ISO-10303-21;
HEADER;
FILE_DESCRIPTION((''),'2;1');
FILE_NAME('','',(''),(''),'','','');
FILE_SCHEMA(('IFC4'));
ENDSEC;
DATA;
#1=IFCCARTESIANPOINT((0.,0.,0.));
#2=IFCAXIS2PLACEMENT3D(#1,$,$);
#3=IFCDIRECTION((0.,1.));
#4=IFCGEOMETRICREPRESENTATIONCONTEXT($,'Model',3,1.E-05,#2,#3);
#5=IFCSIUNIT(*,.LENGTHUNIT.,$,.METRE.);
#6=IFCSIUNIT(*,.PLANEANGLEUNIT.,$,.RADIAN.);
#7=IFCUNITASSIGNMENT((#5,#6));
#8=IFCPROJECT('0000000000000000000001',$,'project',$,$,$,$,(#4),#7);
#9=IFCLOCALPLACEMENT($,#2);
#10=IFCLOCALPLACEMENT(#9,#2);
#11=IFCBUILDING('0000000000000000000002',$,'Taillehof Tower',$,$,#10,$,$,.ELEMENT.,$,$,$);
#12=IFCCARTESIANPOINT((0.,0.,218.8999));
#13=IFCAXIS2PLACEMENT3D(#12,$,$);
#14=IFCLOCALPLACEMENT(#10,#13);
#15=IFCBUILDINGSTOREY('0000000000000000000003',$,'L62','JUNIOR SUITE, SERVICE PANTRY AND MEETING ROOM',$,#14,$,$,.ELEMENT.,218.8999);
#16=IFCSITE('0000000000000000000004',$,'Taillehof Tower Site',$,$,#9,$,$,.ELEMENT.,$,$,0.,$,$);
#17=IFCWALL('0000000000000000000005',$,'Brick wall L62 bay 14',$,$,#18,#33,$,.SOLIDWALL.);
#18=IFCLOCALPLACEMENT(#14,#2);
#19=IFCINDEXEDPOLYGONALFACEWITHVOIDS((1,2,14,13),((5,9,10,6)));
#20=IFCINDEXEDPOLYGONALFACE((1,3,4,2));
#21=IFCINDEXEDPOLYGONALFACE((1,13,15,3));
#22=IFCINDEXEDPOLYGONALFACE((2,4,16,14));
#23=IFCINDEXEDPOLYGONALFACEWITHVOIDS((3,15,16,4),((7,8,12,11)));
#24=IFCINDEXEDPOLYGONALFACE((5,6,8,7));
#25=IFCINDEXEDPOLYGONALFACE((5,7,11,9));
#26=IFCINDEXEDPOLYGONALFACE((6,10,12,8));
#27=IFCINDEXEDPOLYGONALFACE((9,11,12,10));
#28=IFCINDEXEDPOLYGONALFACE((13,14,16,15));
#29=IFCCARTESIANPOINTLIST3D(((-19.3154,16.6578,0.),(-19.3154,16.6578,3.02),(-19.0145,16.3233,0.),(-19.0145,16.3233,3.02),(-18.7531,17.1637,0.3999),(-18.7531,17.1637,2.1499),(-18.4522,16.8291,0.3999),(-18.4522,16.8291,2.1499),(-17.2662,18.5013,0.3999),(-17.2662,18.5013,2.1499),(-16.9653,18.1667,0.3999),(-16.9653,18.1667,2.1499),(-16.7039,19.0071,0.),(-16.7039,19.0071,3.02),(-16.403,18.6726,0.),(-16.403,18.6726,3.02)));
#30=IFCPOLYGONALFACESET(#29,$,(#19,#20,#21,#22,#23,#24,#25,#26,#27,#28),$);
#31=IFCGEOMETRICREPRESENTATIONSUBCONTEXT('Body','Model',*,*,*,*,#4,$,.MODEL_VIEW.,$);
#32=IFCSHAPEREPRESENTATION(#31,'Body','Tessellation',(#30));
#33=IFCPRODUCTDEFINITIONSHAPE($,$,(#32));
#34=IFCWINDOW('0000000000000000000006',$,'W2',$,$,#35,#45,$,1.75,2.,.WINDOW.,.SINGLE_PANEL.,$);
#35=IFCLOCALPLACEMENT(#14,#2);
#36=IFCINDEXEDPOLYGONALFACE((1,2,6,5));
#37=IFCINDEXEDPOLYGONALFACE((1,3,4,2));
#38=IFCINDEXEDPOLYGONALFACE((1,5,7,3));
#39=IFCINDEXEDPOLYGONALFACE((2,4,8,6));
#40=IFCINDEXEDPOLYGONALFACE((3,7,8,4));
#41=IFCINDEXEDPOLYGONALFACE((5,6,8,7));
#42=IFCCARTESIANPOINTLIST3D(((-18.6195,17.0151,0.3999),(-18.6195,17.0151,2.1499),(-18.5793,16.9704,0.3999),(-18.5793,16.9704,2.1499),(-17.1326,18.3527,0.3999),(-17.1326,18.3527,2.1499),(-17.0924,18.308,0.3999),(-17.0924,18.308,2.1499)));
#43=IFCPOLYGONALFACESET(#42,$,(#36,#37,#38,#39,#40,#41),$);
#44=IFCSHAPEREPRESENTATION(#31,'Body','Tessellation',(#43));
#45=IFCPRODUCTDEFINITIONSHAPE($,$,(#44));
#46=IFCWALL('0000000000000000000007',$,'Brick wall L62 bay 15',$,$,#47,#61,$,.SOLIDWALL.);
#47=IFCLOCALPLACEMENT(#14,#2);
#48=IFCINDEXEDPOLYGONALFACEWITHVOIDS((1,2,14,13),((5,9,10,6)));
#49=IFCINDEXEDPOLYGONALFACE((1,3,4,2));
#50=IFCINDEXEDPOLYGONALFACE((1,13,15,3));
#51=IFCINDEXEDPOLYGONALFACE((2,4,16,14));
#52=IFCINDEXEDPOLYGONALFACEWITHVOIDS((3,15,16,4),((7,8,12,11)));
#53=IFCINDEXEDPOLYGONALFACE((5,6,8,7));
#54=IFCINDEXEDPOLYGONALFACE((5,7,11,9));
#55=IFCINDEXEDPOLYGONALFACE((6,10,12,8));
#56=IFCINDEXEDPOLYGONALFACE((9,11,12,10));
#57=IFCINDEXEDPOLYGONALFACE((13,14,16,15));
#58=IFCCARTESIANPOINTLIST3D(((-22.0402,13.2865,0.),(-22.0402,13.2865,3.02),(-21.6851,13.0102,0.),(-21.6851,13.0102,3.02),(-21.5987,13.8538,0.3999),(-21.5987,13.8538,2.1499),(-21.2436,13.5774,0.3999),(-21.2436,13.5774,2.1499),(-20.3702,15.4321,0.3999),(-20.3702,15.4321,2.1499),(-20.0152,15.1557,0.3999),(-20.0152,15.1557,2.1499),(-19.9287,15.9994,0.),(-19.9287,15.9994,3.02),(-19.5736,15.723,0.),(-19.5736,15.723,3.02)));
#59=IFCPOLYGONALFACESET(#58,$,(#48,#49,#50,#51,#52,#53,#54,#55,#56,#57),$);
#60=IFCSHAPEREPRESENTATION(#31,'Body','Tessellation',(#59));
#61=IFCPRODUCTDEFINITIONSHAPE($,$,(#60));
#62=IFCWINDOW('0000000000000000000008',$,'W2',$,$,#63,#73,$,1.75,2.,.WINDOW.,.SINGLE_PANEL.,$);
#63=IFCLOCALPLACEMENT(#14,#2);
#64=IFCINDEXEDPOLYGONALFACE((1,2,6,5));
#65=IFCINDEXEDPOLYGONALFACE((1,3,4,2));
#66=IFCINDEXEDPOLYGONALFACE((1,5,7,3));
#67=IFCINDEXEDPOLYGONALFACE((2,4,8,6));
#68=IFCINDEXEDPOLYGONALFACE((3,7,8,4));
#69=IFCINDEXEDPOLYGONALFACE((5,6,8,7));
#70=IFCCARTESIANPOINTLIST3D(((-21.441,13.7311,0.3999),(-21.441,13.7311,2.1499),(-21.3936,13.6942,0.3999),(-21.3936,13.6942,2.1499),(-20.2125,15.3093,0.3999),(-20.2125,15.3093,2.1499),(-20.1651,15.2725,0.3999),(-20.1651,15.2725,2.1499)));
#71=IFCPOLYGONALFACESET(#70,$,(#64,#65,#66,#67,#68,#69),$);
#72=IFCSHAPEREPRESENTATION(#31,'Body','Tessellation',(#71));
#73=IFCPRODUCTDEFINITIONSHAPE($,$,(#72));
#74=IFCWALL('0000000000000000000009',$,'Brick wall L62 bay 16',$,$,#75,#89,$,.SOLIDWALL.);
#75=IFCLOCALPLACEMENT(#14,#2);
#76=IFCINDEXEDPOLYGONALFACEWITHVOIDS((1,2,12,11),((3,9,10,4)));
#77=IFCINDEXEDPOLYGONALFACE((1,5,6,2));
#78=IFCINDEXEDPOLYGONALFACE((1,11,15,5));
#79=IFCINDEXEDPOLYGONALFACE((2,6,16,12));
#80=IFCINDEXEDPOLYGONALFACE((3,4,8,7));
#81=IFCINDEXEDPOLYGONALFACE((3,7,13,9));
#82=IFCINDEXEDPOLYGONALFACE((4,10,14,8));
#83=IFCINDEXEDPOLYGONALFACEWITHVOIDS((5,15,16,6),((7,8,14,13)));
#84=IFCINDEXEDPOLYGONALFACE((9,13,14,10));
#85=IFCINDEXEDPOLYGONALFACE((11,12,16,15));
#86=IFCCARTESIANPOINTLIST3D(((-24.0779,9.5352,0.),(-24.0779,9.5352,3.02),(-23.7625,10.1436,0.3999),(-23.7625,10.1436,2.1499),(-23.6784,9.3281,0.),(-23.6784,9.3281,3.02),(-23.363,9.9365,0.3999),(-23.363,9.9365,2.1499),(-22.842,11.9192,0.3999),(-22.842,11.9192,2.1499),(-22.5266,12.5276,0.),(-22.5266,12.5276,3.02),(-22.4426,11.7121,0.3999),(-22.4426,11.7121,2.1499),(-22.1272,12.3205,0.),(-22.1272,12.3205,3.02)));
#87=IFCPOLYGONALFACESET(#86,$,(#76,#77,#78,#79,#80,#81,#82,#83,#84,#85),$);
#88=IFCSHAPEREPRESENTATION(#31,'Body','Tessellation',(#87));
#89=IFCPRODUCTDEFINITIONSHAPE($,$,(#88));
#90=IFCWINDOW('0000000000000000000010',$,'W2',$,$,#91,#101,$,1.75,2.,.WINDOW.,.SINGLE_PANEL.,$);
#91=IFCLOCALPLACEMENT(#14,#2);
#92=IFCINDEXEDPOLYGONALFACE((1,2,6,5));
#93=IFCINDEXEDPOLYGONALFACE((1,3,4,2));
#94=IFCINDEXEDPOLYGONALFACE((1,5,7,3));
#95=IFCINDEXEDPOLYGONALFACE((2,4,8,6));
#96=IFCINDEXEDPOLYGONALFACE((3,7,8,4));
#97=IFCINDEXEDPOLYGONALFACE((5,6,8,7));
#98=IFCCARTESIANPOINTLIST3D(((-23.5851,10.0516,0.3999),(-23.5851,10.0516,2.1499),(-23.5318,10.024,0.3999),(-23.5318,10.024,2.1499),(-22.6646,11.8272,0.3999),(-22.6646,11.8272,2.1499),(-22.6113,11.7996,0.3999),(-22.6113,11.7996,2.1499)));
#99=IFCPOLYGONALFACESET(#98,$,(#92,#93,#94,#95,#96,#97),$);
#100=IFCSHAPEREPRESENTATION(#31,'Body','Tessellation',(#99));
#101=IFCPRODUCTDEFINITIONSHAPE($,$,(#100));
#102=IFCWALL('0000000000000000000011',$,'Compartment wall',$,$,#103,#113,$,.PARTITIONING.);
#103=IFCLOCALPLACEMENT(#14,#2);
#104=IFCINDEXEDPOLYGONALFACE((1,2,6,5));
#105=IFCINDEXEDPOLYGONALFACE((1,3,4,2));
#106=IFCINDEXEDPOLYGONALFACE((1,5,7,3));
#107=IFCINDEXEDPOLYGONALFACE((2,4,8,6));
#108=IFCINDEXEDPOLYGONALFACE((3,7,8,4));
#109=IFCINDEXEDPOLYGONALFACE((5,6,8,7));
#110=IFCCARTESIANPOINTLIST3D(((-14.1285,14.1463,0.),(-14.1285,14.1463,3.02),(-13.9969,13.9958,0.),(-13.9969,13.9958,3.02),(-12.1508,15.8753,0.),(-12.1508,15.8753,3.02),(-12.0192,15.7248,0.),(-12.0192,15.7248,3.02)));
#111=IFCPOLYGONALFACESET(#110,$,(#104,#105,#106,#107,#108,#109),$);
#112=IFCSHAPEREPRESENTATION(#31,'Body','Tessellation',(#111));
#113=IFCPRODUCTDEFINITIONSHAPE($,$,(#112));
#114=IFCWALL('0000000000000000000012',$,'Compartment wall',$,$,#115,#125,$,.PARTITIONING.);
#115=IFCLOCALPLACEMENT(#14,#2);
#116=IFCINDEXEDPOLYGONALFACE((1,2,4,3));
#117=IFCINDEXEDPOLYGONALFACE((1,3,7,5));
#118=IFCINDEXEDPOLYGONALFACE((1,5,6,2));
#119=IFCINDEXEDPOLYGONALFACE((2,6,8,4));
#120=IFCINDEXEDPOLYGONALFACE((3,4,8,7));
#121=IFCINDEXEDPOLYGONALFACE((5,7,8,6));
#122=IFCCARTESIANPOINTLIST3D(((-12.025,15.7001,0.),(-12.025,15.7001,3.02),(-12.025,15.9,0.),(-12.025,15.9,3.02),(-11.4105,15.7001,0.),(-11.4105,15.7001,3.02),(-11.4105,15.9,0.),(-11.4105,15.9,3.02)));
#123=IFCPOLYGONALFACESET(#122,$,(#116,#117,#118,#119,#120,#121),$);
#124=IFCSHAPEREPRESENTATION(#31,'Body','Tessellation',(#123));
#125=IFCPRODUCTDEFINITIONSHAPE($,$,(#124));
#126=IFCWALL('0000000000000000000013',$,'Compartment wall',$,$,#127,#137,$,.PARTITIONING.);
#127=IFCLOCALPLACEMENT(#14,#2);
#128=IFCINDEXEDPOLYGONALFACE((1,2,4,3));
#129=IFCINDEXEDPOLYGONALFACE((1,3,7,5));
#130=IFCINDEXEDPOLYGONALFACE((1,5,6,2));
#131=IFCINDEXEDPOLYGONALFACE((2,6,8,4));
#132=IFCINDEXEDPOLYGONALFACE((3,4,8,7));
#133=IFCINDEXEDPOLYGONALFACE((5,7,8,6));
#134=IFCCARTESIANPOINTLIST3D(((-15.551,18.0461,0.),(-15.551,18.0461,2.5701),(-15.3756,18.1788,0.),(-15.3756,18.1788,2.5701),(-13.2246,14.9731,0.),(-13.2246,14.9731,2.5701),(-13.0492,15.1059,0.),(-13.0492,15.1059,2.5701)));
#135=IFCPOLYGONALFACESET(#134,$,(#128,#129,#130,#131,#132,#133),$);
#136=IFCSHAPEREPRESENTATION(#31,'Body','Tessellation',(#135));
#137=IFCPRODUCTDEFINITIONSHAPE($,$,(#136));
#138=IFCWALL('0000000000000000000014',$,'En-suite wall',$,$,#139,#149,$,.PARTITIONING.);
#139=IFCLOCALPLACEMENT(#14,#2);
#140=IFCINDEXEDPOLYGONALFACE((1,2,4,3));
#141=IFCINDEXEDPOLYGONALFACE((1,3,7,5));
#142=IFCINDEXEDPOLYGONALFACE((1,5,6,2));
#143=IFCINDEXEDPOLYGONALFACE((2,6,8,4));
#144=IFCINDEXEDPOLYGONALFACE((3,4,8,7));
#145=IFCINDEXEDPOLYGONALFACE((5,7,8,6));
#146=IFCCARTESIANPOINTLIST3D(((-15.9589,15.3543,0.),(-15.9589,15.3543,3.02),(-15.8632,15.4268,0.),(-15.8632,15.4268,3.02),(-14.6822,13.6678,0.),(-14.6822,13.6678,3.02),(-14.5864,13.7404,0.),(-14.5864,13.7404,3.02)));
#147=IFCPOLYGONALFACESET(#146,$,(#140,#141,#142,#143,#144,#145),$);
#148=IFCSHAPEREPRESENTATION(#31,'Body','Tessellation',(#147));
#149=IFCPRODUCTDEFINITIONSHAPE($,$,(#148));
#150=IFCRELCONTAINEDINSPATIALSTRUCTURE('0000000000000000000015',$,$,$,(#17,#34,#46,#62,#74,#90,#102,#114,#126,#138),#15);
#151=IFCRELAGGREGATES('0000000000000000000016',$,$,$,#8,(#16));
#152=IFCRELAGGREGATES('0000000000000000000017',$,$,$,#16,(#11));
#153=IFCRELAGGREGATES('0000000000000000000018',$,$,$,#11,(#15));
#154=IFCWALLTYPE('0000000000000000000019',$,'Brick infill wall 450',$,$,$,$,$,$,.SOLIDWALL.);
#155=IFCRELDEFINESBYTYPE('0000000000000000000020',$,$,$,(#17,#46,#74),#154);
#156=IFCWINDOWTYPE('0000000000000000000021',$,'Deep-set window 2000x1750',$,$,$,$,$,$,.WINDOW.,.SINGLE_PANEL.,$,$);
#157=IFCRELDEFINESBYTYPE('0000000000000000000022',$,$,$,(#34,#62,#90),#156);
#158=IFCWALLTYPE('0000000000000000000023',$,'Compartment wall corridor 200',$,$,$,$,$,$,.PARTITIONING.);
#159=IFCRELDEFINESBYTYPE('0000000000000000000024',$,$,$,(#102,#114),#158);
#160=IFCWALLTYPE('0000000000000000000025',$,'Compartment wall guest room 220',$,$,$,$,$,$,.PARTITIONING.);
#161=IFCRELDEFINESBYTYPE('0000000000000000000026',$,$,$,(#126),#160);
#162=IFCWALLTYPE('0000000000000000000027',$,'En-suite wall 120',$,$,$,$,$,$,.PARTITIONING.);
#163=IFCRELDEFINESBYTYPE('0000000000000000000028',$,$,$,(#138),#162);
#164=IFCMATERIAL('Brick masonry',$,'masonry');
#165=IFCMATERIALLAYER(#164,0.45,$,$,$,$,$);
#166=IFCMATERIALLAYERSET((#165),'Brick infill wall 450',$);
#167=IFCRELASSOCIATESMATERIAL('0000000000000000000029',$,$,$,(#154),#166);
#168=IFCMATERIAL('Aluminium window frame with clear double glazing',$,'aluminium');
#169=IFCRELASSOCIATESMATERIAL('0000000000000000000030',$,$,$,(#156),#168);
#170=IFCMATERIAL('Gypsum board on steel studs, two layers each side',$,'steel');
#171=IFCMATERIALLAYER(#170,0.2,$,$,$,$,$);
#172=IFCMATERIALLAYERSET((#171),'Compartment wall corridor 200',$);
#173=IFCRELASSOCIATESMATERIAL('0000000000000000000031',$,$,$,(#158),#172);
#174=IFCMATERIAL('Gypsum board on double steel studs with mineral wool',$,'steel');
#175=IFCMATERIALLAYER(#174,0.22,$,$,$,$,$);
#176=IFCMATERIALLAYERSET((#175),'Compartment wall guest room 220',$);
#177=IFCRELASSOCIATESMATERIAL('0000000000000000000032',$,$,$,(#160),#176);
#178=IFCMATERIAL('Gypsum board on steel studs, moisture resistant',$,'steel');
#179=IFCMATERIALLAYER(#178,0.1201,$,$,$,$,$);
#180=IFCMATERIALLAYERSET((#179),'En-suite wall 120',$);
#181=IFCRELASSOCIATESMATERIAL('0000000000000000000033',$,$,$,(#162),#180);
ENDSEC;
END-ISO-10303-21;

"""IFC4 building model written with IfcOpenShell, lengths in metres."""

from ifc_helpers import new_model, si_unit, direction, frame, frame_2d, origin, place, context, subcontext, project, spatial, rectangle, extrude, material, layer, layer_set, type_object, element, fill, save


model = new_model("IFC4")

# Units and contexts
model_context = context("Model", 3, precision=1e-05, world=origin(), true_north=direction((0.0, 1.0)))
body_context = subcontext(model_context, "Body", "Model", "MODEL_VIEW")
ifc_project = project(units=[si_unit("LENGTHUNIT", "METRE"), si_unit("PLANEANGLEUNIT", "RADIAN")], contexts=[model_context])

# Site, building, storey
site_placement = place(None, origin())
site = spatial("IfcSite", under=ifc_project, at=site_placement, Name="Taillehof Tower Site", CompositionType="ELEMENT", RefElevation=0.0)
building_placement = place(site_placement, origin())
building = spatial("IfcBuilding", under=site, at=building_placement, Name="Taillehof Tower", CompositionType="ELEMENT")
storey_placement = place(building_placement, frame((0.0, 0.0, 218.8999)))
storey = spatial("IfcBuildingStorey", under=building, at=storey_placement, Name="L62", Description="JUNIOR SUITE, SERVICE PANTRY AND MEETING ROOM", CompositionType="ELEMENT", Elevation=218.8999)

# Walls, openings, windows
ifc_material_1 = material(Name="Brick masonry", Category="masonry")
ifc_layer_1 = layer(ifc_material_1, 0.45)
ifc_layer_set_1 = layer_set([ifc_layer_1], Name="Brick infill wall 450")
wall_type_1 = type_object("IfcWallType", Name="Brick infill wall 450", PredefinedType="SOLIDWALL", material=ifc_layer_set_1)
ifc_material_2 = material(Name="Aluminium window frame with clear double glazing", Category="aluminium")
window_type = type_object("IfcWindowType", Name="Deep-set window 2000x1750", PartitioningType="SINGLE_PANEL", PredefinedType="WINDOW", material=ifc_material_2)
wall_1_placement = place(storey_placement, frame((-16.5535, 18.8398, 0.0), z_axis=(0.0, 0.0, 1.0), x_axis=(-0.743443, -0.6688, 0.0)))
wall_1 = element("IfcWall", 1, at=wall_1_placement, inside=storey, type_object=wall_type_1, Name="Brick wall L62 bay 14", PredefinedType="SOLIDWALL", context=body_context, shape_type="SweptSolid", body=[
    extrude(rectangle(XDim=3.5127, YDim=0.45, at=frame_2d((1.7563, 0.0))), origin(), (0.0, 0.0, 1.0), 3.02),
])
opening_1_placement = place(wall_1_placement, frame((0.7563, 0.0, 0.3999)))
opening_1 = element("IfcOpeningElement", 2, at=opening_1_placement, cuts=wall_1, PredefinedType="OPENING", context=body_context, shape_type="SweptSolid", body=[
    extrude(rectangle(XDim=2.0, YDim=1.75, at=frame_2d((1.0, 0.875))), frame((0.0, 0.2349, 0.0), z_axis=(0.0, -1.0, 0.0), x_axis=(1.0, 0.0, 0.0)), (0.0, 0.0, 1.0), 0.47),
])
window_1_placement = place(opening_1_placement, origin())
window_1 = element("IfcWindow", 3, at=window_1_placement, inside=storey, type_object=window_type, Name="W2", OverallHeight=1.75, OverallWidth=2.0, PartitioningType="SINGLE_PANEL", PredefinedType="WINDOW", context=body_context, shape_type="SweptSolid", body=[
    extrude(rectangle(XDim=2.0, YDim=1.75, at=frame_2d((1.0, 0.875))), frame((0.0, 0.0349, 0.0), z_axis=(0.0, -1.0, 0.0), x_axis=(1.0, 0.0, 0.0)), (0.0, 0.0, 1.0), 0.0601),
])
fill(opening_1, window_1)
wall_2_placement = place(storey_placement, frame((-19.7512, 15.8611, 0.0), z_axis=(0.0, 0.0, 1.0), x_axis=(-0.614221, -0.789134, 0.0)))
wall_2 = element("IfcWall", 4, at=wall_2_placement, inside=storey, type_object=wall_type_1, Name="Brick wall L62 bay 15", PredefinedType="SOLIDWALL", context=body_context, shape_type="SweptSolid", body=[
    extrude(rectangle(XDim=3.4377, YDim=0.45, at=frame_2d((1.7188, 0.0))), origin(), (0.0, 0.0, 1.0), 3.02),
])
opening_2_placement = place(wall_2_placement, frame((0.7188, 0.0, 0.3999)))
opening_2 = element("IfcOpeningElement", 5, at=opening_2_placement, cuts=wall_2, PredefinedType="OPENING", context=body_context, shape_type="SweptSolid", body=[
    extrude(rectangle(XDim=2.0, YDim=1.75, at=frame_2d((1.0, 0.875))), frame((0.0, 0.2349, 0.0), z_axis=(0.0, -1.0, 0.0), x_axis=(1.0, 0.0, 0.0)), (0.0, 0.0, 1.0), 0.47),
])
window_2_placement = place(opening_2_placement, origin())
window_2 = element("IfcWindow", 6, at=window_2_placement, inside=storey, type_object=window_type, Name="W2", OverallHeight=1.75, OverallWidth=2.0, PartitioningType="SINGLE_PANEL", PredefinedType="WINDOW", context=body_context, shape_type="SweptSolid", body=[
    extrude(rectangle(XDim=2.0, YDim=1.75, at=frame_2d((1.0, 0.875))), frame((0.0, 0.0349, 0.0), z_axis=(0.0, -1.0, 0.0), x_axis=(1.0, 0.0, 0.0)), (0.0, 0.0, 1.0), 0.0601),
])
fill(opening_2, window_2)
wall_3_placement = place(storey_placement, frame((-22.3269, 12.4241, 0.0), z_axis=(0.0, 0.0, 1.0), x_axis=(-0.460233, -0.887798, 0.0)))
wall_3 = element("IfcWall", 7, at=wall_3_placement, inside=storey, type_object=wall_type_1, Name="Brick wall L62 bay 16", PredefinedType="SOLIDWALL", context=body_context, shape_type="SweptSolid", body=[
    extrude(rectangle(XDim=3.3706, YDim=0.45, at=frame_2d((1.6853, 0.0))), origin(), (0.0, 0.0, 1.0), 3.02),
])
opening_3_placement = place(wall_3_placement, frame((0.6853, 0.0, 0.3999)))
opening_3 = element("IfcOpeningElement", 8, at=opening_3_placement, cuts=wall_3, PredefinedType="OPENING", context=body_context, shape_type="SweptSolid", body=[
    extrude(rectangle(XDim=2.0, YDim=1.75, at=frame_2d((1.0, 0.875))), frame((0.0, 0.2349, 0.0), z_axis=(0.0, -1.0, 0.0), x_axis=(1.0, 0.0, 0.0)), (0.0, 0.0, 1.0), 0.47),
])
window_3_placement = place(opening_3_placement, origin())
window_3 = element("IfcWindow", 9, at=window_3_placement, inside=storey, type_object=window_type, Name="W2", OverallHeight=1.75, OverallWidth=2.0, PartitioningType="SINGLE_PANEL", PredefinedType="WINDOW", context=body_context, shape_type="SweptSolid", body=[
    extrude(rectangle(XDim=2.0, YDim=1.75, at=frame_2d((1.0, 0.875))), frame((0.0, 0.0349, 0.0), z_axis=(0.0, -1.0, 0.0), x_axis=(1.0, 0.0, 0.0)), (0.0, 0.0, 1.0), 0.0601),
])
fill(opening_3, window_3)

# Walls
ifc_material_3 = material(Name="Gypsum board on steel studs, two layers each side", Category="steel")
ifc_layer_2 = layer(ifc_material_3, 0.2)
ifc_layer_set_2 = layer_set([ifc_layer_2], Name="Compartment wall corridor 200")
wall_type_2 = type_object("IfcWallType", Name="Compartment wall corridor 200", PredefinedType="PARTITIONING", material=ifc_layer_set_2)
wall_4_placement = place(storey_placement, frame((-14.0627, 14.071, 0.0), z_axis=(0.0, 0.0, 1.0), x_axis=(0.75287, 0.658169, 0.0)))
element("IfcWall", 10, at=wall_4_placement, inside=storey, type_object=wall_type_2, Name="Compartment wall", PredefinedType="PARTITIONING", context=body_context, shape_type="SweptSolid", body=[
    extrude(rectangle(XDim=2.627, YDim=0.2, at=frame_2d((1.3135, 0.0))), origin(), (0.0, 0.0, 1.0), 3.02),
])
wall_5_placement = place(storey_placement, frame((-12.0249, 15.8, 0.0), z_axis=(0.0, 0.0, 1.0), x_axis=(1.0, 0.0, 0.0)))
element("IfcWall", 11, at=wall_5_placement, inside=storey, type_object=wall_type_2, Name="Compartment wall", PredefinedType="PARTITIONING", context=body_context, shape_type="SweptSolid", body=[
    extrude(rectangle(XDim=0.6145, YDim=0.2, at=frame_2d((0.3071, 0.0))), origin(), (0.0, 0.0, 1.0), 3.02),
])
ifc_material_4 = material(Name="Gypsum board on double steel studs with mineral wool", Category="steel")
ifc_layer_3 = layer(ifc_material_4, 0.22)
ifc_layer_set_3 = layer_set([ifc_layer_3], Name="Compartment wall guest room 220")
wall_type_3 = type_object("IfcWallType", Name="Compartment wall guest room 220", PredefinedType="PARTITIONING", material=ifc_layer_set_3)
wall_6_placement = place(storey_placement, frame((-15.4634, 18.1125, 0.0), z_axis=(0.0, 0.0, 1.0), x_axis=(0.603592, -0.797294, 0.0)))
element("IfcWall", 12, at=wall_6_placement, inside=storey, type_object=wall_type_3, Name="Compartment wall", PredefinedType="PARTITIONING", context=body_context, shape_type="SweptSolid", body=[
    extrude(rectangle(XDim=3.8542, YDim=0.22, at=frame_2d((1.9272, 0.0))), origin(), (0.0, 0.0, 1.0), 2.5701),
])
ifc_material_5 = material(Name="Gypsum board on steel studs, moisture resistant", Category="steel")
ifc_layer_4 = layer(ifc_material_5, 0.1201)
ifc_layer_set_4 = layer_set([ifc_layer_4], Name="En-suite wall 120")
wall_type_4 = type_object("IfcWallType", Name="En-suite wall 120", PredefinedType="PARTITIONING", material=ifc_layer_set_4)
wall_7_placement = place(storey_placement, frame((-14.6343, 13.7041, 0.0), z_axis=(0.0, 0.0, 1.0), x_axis=(-0.603613, 0.797277, 0.0)))
element("IfcWall", 13, at=wall_7_placement, inside=storey, type_object=wall_type_4, Name="En-suite wall", PredefinedType="PARTITIONING", context=body_context, shape_type="SweptSolid", body=[
    extrude(rectangle(XDim=2.1152, YDim=0.1201, at=frame_2d((1.0576, 0.0))), origin(), (0.0, 0.0, 1.0), 3.02),
])

save(model, "model.ifc")
